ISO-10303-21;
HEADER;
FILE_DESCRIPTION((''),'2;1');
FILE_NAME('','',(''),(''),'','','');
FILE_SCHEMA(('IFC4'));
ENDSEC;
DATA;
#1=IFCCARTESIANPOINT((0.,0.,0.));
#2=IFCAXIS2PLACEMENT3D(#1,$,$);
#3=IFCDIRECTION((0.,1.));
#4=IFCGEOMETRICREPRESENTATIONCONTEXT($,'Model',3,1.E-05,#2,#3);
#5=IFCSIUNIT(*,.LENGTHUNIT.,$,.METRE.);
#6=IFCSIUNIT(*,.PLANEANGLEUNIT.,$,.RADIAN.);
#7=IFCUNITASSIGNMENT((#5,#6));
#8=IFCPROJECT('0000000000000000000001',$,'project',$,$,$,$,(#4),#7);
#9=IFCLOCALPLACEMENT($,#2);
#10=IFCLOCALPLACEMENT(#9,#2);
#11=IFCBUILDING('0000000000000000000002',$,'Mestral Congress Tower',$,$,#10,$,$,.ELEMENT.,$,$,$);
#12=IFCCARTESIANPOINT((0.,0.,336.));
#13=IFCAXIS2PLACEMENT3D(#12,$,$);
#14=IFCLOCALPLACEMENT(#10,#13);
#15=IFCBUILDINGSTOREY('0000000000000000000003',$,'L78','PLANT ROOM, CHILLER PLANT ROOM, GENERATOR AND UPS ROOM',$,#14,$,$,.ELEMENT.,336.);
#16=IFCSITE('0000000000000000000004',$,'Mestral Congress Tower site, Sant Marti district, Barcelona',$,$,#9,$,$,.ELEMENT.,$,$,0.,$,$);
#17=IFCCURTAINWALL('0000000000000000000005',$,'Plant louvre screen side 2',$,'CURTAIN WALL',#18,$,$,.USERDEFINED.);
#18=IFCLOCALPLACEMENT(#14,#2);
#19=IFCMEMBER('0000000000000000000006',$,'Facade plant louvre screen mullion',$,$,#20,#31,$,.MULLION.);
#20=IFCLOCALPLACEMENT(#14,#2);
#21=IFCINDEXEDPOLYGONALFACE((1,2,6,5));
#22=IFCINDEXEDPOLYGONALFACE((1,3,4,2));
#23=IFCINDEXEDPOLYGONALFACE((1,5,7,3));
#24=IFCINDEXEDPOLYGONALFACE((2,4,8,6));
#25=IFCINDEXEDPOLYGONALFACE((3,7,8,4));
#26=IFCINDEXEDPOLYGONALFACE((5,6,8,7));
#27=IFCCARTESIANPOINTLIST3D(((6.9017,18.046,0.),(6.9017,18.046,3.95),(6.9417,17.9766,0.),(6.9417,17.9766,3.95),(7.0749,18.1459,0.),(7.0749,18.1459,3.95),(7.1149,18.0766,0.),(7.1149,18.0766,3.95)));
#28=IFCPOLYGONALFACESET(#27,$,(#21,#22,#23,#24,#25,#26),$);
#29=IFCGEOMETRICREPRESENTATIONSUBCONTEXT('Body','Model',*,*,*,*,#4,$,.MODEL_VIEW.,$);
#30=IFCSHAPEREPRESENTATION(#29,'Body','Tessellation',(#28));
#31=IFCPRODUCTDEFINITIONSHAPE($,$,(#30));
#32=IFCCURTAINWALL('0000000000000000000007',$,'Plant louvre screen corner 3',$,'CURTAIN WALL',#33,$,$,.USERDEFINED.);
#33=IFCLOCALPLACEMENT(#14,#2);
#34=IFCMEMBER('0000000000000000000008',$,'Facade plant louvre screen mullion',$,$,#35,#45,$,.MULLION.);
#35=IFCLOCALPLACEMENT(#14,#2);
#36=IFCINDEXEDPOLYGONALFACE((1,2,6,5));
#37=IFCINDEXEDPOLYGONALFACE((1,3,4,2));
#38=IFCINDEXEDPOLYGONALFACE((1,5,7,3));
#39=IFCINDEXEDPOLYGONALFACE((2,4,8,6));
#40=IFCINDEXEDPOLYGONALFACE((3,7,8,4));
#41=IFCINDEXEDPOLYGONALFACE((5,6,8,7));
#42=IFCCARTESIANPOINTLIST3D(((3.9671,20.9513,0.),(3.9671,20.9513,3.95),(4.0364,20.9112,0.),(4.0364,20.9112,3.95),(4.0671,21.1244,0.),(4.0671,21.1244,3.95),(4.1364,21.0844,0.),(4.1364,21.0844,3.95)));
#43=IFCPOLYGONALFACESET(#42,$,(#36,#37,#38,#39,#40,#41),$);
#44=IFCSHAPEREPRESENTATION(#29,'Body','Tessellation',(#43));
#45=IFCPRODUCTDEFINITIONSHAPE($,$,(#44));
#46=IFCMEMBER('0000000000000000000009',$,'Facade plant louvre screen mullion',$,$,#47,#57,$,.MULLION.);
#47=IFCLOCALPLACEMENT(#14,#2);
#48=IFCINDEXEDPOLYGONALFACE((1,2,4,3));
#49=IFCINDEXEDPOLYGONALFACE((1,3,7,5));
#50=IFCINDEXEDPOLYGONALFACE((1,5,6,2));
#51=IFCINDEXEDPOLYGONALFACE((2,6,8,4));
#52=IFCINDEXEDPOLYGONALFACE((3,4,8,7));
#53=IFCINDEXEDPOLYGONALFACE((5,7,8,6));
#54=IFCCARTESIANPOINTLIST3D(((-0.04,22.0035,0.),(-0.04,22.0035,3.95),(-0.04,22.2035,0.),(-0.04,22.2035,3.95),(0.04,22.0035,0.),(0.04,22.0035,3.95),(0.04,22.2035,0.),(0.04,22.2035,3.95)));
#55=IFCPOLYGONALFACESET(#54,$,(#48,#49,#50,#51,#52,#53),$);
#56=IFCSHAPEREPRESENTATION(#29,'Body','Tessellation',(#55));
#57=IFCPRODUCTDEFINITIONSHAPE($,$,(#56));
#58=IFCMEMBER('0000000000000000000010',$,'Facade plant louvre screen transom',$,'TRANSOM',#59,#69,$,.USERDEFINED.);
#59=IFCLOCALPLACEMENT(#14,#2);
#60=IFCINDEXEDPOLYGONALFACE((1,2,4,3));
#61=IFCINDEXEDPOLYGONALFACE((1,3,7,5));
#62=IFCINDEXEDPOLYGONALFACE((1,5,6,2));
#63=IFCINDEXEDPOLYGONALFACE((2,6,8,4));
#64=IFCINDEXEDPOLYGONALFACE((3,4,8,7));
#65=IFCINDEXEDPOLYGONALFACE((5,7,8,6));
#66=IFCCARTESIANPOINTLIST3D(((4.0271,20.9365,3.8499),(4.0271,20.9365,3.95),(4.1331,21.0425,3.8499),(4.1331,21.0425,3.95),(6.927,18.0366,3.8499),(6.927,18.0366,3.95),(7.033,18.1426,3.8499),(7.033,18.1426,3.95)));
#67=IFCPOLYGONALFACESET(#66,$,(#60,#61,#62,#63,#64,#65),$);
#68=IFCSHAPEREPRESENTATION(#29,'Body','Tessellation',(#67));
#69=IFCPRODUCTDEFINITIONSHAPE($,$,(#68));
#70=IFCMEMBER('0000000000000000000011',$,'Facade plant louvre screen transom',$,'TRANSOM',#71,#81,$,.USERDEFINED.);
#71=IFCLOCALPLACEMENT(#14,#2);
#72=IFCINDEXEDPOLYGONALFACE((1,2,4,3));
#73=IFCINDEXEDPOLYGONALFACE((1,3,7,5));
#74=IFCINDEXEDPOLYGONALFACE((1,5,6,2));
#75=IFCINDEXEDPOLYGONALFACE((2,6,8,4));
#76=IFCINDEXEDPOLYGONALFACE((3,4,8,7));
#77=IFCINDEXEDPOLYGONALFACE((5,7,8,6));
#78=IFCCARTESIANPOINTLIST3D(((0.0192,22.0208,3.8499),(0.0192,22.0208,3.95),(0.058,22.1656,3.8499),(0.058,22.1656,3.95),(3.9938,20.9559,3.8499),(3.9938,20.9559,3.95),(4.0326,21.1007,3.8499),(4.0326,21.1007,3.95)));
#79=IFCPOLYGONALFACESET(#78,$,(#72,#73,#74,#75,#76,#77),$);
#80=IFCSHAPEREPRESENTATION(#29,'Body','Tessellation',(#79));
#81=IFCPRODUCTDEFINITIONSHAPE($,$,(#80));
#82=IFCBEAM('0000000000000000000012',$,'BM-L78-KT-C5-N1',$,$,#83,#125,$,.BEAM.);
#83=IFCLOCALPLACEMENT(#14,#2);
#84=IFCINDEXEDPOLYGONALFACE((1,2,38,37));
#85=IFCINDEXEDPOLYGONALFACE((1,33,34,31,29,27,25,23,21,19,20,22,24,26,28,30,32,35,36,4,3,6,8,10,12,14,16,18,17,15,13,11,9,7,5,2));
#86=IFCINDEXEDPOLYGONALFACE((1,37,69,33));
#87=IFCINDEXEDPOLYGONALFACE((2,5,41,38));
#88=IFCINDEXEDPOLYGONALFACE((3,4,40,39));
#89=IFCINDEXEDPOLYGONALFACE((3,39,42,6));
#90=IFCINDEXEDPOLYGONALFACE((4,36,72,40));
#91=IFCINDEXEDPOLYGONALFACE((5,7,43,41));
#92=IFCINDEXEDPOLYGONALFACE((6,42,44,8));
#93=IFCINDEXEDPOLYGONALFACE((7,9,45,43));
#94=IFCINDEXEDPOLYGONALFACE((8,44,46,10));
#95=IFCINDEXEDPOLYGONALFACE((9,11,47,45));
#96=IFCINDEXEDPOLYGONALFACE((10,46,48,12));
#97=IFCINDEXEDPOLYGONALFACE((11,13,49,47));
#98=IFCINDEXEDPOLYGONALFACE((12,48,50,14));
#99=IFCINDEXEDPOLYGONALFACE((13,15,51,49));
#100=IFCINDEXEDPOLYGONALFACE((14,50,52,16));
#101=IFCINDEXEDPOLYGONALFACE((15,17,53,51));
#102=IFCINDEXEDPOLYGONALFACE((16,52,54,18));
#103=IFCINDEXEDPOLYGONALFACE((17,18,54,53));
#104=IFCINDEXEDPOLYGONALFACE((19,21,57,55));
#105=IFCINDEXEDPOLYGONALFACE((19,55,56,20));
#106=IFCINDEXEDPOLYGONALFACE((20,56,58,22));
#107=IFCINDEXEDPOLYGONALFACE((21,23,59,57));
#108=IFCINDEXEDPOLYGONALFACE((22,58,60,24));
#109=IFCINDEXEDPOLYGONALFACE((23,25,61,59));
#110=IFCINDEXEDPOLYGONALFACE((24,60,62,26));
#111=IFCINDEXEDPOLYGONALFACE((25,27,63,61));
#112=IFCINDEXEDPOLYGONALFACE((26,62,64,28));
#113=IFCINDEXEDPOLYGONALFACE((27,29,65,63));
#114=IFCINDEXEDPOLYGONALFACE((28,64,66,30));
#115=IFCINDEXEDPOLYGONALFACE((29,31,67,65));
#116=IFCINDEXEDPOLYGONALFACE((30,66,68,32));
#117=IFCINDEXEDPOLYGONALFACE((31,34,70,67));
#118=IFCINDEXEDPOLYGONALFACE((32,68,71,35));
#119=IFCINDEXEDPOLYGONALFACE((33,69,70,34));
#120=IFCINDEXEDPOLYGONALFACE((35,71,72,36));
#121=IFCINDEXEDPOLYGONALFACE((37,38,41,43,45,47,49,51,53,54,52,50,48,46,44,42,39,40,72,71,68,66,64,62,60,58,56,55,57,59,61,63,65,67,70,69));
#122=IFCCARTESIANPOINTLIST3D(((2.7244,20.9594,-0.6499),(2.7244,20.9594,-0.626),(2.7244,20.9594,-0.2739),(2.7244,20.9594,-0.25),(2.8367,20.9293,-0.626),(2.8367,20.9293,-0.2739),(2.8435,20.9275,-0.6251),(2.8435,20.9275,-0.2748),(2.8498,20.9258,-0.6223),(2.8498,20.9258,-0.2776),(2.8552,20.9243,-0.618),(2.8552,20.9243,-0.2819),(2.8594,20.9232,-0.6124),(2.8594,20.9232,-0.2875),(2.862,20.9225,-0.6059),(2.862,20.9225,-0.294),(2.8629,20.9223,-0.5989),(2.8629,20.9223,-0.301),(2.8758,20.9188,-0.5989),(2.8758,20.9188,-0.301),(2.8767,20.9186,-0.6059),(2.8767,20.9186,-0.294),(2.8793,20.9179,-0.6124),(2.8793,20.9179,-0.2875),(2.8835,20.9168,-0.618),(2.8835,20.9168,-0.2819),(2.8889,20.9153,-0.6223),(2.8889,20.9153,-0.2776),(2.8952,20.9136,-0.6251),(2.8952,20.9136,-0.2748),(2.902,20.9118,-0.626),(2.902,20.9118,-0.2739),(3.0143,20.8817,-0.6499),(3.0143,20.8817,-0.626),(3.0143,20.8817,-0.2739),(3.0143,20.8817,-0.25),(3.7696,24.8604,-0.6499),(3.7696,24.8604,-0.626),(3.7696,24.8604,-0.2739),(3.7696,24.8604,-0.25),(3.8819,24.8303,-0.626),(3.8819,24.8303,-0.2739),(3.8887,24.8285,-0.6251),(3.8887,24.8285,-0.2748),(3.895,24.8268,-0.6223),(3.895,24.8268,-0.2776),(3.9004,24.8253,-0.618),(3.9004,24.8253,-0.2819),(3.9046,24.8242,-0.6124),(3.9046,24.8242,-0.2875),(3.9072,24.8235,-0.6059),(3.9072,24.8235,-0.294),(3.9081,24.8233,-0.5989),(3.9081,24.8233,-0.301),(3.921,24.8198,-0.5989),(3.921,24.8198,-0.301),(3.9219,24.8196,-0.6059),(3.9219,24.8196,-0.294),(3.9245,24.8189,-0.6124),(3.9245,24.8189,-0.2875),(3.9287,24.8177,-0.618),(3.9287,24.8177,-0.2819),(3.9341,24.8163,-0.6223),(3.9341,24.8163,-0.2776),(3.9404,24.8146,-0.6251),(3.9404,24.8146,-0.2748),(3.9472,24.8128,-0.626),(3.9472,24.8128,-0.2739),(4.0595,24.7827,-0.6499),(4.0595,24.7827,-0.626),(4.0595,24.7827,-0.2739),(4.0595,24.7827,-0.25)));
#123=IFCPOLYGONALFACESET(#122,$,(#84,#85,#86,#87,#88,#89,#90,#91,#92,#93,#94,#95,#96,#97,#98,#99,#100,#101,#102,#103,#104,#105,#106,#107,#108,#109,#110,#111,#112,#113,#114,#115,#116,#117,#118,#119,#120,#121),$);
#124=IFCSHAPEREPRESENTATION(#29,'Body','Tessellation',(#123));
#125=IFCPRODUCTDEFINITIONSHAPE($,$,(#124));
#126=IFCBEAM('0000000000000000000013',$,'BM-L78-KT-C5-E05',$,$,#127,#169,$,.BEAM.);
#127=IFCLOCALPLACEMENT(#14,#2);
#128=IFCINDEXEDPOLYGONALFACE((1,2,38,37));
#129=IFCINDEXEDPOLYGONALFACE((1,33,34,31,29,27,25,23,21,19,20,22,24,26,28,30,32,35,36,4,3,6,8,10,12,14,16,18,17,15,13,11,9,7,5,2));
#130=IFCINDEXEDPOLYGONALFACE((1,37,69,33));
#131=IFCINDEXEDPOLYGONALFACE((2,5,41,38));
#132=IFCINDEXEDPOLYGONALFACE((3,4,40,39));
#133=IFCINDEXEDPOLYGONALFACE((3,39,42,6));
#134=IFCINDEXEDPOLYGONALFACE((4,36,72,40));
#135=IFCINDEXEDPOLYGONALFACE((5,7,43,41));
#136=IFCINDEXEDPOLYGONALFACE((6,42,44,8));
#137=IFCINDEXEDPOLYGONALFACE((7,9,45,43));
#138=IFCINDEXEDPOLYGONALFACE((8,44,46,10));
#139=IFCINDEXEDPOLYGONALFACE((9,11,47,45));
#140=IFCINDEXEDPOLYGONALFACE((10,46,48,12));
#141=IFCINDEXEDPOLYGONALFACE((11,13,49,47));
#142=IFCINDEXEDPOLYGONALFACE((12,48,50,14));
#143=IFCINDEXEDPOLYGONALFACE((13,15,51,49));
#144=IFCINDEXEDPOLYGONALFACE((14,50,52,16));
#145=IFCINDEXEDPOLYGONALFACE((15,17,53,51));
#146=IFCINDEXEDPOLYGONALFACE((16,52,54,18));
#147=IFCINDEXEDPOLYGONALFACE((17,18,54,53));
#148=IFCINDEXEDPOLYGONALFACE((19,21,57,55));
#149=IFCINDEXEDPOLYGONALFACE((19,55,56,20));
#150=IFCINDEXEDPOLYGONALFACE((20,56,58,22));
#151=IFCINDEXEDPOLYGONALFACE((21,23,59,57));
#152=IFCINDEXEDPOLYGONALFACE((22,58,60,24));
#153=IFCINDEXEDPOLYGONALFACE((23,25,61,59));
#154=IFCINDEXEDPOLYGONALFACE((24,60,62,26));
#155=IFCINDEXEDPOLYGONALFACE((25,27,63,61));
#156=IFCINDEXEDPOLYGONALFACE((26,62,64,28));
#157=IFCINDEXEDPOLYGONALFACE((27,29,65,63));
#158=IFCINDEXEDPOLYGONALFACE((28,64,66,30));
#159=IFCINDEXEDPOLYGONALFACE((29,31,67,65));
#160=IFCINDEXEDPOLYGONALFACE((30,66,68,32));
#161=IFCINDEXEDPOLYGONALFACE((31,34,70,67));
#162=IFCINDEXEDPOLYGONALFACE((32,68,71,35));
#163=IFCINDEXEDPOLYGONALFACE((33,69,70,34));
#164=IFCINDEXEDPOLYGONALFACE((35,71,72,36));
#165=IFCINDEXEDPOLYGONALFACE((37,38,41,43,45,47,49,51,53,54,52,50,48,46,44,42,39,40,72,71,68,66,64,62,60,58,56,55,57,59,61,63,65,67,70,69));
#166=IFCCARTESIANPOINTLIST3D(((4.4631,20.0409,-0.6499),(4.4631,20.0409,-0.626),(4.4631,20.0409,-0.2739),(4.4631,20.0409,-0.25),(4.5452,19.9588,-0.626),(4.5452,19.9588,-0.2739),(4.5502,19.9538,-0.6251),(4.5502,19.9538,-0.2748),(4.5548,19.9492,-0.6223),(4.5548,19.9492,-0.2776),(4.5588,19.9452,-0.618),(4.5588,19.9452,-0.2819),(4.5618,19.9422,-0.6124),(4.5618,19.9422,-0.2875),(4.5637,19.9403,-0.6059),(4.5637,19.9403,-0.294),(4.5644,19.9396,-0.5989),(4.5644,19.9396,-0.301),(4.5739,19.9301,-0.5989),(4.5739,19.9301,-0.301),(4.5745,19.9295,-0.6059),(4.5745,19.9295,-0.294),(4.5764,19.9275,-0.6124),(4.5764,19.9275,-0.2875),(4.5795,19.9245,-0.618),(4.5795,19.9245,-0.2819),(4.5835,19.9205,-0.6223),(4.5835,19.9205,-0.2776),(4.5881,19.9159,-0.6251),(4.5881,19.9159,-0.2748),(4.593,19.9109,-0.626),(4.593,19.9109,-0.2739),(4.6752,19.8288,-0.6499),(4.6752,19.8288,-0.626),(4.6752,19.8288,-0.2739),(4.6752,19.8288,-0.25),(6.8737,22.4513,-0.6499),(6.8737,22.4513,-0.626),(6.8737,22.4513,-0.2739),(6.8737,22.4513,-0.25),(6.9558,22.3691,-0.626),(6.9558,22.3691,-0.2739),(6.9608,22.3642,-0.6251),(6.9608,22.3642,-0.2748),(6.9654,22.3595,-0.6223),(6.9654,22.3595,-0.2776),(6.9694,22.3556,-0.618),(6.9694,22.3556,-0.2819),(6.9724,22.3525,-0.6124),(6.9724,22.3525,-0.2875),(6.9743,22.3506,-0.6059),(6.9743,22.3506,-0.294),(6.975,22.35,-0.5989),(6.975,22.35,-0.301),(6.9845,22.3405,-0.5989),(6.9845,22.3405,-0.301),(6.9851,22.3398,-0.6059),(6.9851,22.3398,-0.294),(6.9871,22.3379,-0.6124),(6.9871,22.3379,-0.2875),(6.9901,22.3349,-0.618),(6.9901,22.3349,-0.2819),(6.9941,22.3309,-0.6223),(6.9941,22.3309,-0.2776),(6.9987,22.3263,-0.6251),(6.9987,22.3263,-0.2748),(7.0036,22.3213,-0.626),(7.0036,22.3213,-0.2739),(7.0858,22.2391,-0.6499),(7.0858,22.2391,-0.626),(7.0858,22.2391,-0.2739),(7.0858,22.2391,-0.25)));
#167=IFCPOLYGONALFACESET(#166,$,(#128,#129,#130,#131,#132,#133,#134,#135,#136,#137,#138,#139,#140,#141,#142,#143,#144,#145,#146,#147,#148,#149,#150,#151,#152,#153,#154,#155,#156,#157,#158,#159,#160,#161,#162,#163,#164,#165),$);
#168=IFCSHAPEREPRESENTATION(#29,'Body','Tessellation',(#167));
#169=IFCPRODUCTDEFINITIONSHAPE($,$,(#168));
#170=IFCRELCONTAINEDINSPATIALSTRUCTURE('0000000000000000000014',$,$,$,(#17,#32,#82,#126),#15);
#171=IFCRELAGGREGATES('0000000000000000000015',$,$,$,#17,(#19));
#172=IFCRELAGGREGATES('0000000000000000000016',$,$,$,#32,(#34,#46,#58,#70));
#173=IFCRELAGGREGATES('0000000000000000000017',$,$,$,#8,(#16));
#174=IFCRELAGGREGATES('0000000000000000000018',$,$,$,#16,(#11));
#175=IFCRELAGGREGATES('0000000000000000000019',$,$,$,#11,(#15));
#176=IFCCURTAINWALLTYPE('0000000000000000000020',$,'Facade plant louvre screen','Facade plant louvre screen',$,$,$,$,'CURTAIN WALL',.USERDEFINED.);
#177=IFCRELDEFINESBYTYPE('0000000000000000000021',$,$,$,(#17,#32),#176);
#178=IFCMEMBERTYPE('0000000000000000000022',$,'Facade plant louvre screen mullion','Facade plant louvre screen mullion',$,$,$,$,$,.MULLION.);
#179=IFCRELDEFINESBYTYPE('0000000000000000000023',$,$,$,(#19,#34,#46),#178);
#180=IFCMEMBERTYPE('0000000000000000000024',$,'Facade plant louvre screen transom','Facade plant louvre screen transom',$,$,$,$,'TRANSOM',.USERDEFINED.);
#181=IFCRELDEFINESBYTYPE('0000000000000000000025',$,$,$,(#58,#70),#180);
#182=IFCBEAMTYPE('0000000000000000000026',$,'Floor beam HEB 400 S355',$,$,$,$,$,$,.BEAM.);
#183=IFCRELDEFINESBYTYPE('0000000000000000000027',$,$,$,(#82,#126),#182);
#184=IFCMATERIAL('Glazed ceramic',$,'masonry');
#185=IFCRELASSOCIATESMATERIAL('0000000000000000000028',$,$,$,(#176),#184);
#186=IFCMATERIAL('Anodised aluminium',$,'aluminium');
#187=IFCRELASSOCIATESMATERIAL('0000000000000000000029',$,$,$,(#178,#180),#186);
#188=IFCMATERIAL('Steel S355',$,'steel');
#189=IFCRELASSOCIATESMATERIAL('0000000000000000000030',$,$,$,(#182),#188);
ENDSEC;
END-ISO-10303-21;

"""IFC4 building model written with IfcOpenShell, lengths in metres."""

from ifc_helpers import new_model, si_unit, direction, frame, origin, origin_2d, place, context, subcontext, project, spatial, rectangle, i_section, extrude, material, material_profile, profile_set, type_object, element, aggregate, save


model = new_model("IFC4")

# Units and contexts
model_context = context("Model", 3, precision=1e-05, world=origin(), true_north=direction((0.0, 1.0)))
body_context = subcontext(model_context, "Body", "Model", "MODEL_VIEW")
ifc_project = project(units=[si_unit("LENGTHUNIT", "METRE"), si_unit("PLANEANGLEUNIT", "RADIAN")], contexts=[model_context])

# Site, building, storey
site_placement = place(None, origin())
site = spatial("IfcSite", under=ifc_project, at=site_placement, Name="Mestral Congress Tower site, Sant Marti district, Barcelona", CompositionType="ELEMENT", RefElevation=0.0)
building_placement = place(site_placement, origin())
building = spatial("IfcBuilding", under=site, at=building_placement, Name="Mestral Congress Tower", CompositionType="ELEMENT")
storey_placement = place(building_placement, frame((0.0, 0.0, 336.0)))
storey = spatial("IfcBuildingStorey", under=building, at=storey_placement, Name="L78", Description="PLANT ROOM, CHILLER PLANT ROOM, GENERATOR AND UPS ROOM", CompositionType="ELEMENT", Elevation=336.0)

# Shared definitions
ifc_material_1 = material(Name="Steel S355", Category="steel")

# Curtain wall, member
ifc_material_2 = material(Name="Glazed ceramic", Category="masonry")
curtain_wall_type = type_object("IfcCurtainWallType", Name="Facade plant louvre screen", Description="Facade plant louvre screen", ElementType="CURTAIN WALL", PredefinedType="USERDEFINED", material=ifc_material_2)
placement = place(storey_placement, origin())
curtain_wall_1 = element("IfcCurtainWall", 1, at=placement, inside=storey, type_object=curtain_wall_type, Name="Plant louvre screen side 2", ObjectType="CURTAIN WALL", PredefinedType="USERDEFINED")
ifc_material_3 = material(Name="Anodised aluminium", Category="aluminium")
ifc_material_profile_1 = material_profile(ifc_material_3, rectangle(XDim=0.2, YDim=0.0801, at=origin_2d()), Name="CW6 mullion 200 x 80")
ifc_profile_set_1 = profile_set([ifc_material_profile_1], Name="Anodised aluminium")
member_type_1 = type_object("IfcMemberType", Name="Facade plant louvre screen mullion", Description="Facade plant louvre screen mullion", PredefinedType="MULLION", material=ifc_profile_set_1)
member_1_placement = place(storey_placement, frame((7.0083, 18.0613, 0.0), z_axis=(0.0, 0.0, 1.0), x_axis=(0.866025, 0.500002, 0.0)))
member_1 = element("IfcMember", 2, at=member_1_placement, type_object=member_type_1, Name="Facade plant louvre screen mullion", PredefinedType="MULLION", context=body_context, shape_type="SweptSolid", body=[
    extrude(rectangle(XDim=0.2, YDim=0.0801, at=origin_2d()), origin(), (0.0, 0.0, 1.0), 3.95),
])

# Curtain wall, members
curtain_wall_2 = element("IfcCurtainWall", 3, at=placement, inside=storey, type_object=curtain_wall_type, Name="Plant louvre screen corner 3", ObjectType="CURTAIN WALL", PredefinedType="USERDEFINED")
member_2_placement = place(storey_placement, frame((4.0518, 21.0178, 0.0), z_axis=(0.0, 0.0, 1.0), x_axis=(0.5, 0.866025, 0.0)))
member_2 = element("IfcMember", 4, at=member_2_placement, type_object=member_type_1, Name="Facade plant louvre screen mullion", PredefinedType="MULLION", context=body_context, shape_type="SweptSolid", body=[
    extrude(rectangle(XDim=0.2, YDim=0.0801, at=origin_2d()), origin(), (0.0, 0.0, 1.0), 3.95),
])
member_3_placement = place(storey_placement, frame((0.0, 22.1035, 0.0), z_axis=(0.0, 0.0, 1.0), x_axis=(0.0, 1.0, 0.0)))
member_3 = element("IfcMember", 5, at=member_3_placement, type_object=member_type_1, Name="Facade plant louvre screen mullion", PredefinedType="MULLION", context=body_context, shape_type="SweptSolid", body=[
    extrude(rectangle(XDim=0.2, YDim=0.0801, at=origin_2d()), origin(), (0.0, 0.0, 1.0), 3.95),
])
ifc_material_profile_2 = material_profile(ifc_material_3, rectangle(XDim=0.1499, YDim=0.1001, at=origin_2d()), Name="CW6 transom 150 x 100")
ifc_profile_set_2 = profile_set([ifc_material_profile_2], Name="Anodised aluminium")
member_type_2 = type_object("IfcMemberType", Name="Facade plant louvre screen transom", Description="Facade plant louvre screen transom", ElementType="TRANSOM", PredefinedType="USERDEFINED", material=ifc_profile_set_2)
member_4_placement = place(storey_placement, frame((6.98, 18.0896, 3.8999), z_axis=(-0.707107, 0.707107, 0.0), x_axis=(-0.707107, -0.707107, 0.0)))
member_4 = element("IfcMember", 6, at=member_4_placement, type_object=member_type_2, Name="Facade plant louvre screen transom", ObjectType="TRANSOM", PredefinedType="USERDEFINED", context=body_context, shape_type="SweptSolid", body=[
    extrude(rectangle(XDim=0.1499, YDim=0.1001, at=origin_2d()), origin(), (0.0, 0.0, 1.0), 4.1011),
])
member_5_placement = place(storey_placement, frame((4.0132, 21.0283, 3.8999), z_axis=(-0.965929, 0.258807, 0.0), x_axis=(-0.258807, -0.965929, 0.0)))
member_5 = element("IfcMember", 7, at=member_5_placement, type_object=member_type_2, Name="Facade plant louvre screen transom", ObjectType="TRANSOM", PredefinedType="USERDEFINED", context=body_context, shape_type="SweptSolid", body=[
    extrude(rectangle(XDim=0.1499, YDim=0.1001, at=origin_2d()), origin(), (0.0, 0.0, 1.0), 4.1147),
])

# Beams
ifc_material_profile_3 = material_profile(ifc_material_1, i_section(OverallWidth=0.3, OverallDepth=0.3999, WebThickness=0.0134, FlangeThickness=0.0239, FilletRadius=0.0271, at=origin_2d()), Name="HEB 400")
ifc_profile_set_3 = profile_set([ifc_material_profile_3], Name="Steel S355")
beam_type_1 = type_object("IfcBeamType", Name="Floor beam HEB 400 S355", PredefinedType="BEAM", material=ifc_profile_set_3)
beam_1_placement = place(storey_placement, frame((3.9146, 24.8215, -0.45), z_axis=(-0.258803, -0.96593, 0.0), x_axis=(0.96593, -0.258803, 0.0)))
element("IfcBeam", 8, at=beam_1_placement, inside=storey, type_object=beam_type_1, Name="BM-L78-KT-C5-N1", PredefinedType="BEAM", context=body_context, shape_type="SweptSolid", body=[
    extrude(i_section(OverallWidth=0.3, OverallDepth=0.3999, WebThickness=0.0134, FlangeThickness=0.0239, FilletRadius=0.0271, at=origin_2d()), origin(), (0.0, 0.0, 1.0), 4.0386),
])
beam_2_placement = place(storey_placement, frame((6.9797, 22.3452, -0.45), z_axis=(-0.707143, -0.707071, 0.0), x_axis=(0.707071, -0.707143, 0.0)))
element("IfcBeam", 9, at=beam_2_placement, inside=storey, type_object=beam_type_1, Name="BM-L78-KT-C5-E05", PredefinedType="BEAM", context=body_context, shape_type="SweptSolid", body=[
    extrude(i_section(OverallWidth=0.3, OverallDepth=0.3999, WebThickness=0.0134, FlangeThickness=0.0239, FilletRadius=0.0271, at=origin_2d()), origin(), (0.0, 0.0, 1.0), 3.4089),
])

aggregate(curtain_wall_1, [member_1])
aggregate(curtain_wall_2, [member_2, member_3, member_4, member_5])

save(model, "model.ifc")
